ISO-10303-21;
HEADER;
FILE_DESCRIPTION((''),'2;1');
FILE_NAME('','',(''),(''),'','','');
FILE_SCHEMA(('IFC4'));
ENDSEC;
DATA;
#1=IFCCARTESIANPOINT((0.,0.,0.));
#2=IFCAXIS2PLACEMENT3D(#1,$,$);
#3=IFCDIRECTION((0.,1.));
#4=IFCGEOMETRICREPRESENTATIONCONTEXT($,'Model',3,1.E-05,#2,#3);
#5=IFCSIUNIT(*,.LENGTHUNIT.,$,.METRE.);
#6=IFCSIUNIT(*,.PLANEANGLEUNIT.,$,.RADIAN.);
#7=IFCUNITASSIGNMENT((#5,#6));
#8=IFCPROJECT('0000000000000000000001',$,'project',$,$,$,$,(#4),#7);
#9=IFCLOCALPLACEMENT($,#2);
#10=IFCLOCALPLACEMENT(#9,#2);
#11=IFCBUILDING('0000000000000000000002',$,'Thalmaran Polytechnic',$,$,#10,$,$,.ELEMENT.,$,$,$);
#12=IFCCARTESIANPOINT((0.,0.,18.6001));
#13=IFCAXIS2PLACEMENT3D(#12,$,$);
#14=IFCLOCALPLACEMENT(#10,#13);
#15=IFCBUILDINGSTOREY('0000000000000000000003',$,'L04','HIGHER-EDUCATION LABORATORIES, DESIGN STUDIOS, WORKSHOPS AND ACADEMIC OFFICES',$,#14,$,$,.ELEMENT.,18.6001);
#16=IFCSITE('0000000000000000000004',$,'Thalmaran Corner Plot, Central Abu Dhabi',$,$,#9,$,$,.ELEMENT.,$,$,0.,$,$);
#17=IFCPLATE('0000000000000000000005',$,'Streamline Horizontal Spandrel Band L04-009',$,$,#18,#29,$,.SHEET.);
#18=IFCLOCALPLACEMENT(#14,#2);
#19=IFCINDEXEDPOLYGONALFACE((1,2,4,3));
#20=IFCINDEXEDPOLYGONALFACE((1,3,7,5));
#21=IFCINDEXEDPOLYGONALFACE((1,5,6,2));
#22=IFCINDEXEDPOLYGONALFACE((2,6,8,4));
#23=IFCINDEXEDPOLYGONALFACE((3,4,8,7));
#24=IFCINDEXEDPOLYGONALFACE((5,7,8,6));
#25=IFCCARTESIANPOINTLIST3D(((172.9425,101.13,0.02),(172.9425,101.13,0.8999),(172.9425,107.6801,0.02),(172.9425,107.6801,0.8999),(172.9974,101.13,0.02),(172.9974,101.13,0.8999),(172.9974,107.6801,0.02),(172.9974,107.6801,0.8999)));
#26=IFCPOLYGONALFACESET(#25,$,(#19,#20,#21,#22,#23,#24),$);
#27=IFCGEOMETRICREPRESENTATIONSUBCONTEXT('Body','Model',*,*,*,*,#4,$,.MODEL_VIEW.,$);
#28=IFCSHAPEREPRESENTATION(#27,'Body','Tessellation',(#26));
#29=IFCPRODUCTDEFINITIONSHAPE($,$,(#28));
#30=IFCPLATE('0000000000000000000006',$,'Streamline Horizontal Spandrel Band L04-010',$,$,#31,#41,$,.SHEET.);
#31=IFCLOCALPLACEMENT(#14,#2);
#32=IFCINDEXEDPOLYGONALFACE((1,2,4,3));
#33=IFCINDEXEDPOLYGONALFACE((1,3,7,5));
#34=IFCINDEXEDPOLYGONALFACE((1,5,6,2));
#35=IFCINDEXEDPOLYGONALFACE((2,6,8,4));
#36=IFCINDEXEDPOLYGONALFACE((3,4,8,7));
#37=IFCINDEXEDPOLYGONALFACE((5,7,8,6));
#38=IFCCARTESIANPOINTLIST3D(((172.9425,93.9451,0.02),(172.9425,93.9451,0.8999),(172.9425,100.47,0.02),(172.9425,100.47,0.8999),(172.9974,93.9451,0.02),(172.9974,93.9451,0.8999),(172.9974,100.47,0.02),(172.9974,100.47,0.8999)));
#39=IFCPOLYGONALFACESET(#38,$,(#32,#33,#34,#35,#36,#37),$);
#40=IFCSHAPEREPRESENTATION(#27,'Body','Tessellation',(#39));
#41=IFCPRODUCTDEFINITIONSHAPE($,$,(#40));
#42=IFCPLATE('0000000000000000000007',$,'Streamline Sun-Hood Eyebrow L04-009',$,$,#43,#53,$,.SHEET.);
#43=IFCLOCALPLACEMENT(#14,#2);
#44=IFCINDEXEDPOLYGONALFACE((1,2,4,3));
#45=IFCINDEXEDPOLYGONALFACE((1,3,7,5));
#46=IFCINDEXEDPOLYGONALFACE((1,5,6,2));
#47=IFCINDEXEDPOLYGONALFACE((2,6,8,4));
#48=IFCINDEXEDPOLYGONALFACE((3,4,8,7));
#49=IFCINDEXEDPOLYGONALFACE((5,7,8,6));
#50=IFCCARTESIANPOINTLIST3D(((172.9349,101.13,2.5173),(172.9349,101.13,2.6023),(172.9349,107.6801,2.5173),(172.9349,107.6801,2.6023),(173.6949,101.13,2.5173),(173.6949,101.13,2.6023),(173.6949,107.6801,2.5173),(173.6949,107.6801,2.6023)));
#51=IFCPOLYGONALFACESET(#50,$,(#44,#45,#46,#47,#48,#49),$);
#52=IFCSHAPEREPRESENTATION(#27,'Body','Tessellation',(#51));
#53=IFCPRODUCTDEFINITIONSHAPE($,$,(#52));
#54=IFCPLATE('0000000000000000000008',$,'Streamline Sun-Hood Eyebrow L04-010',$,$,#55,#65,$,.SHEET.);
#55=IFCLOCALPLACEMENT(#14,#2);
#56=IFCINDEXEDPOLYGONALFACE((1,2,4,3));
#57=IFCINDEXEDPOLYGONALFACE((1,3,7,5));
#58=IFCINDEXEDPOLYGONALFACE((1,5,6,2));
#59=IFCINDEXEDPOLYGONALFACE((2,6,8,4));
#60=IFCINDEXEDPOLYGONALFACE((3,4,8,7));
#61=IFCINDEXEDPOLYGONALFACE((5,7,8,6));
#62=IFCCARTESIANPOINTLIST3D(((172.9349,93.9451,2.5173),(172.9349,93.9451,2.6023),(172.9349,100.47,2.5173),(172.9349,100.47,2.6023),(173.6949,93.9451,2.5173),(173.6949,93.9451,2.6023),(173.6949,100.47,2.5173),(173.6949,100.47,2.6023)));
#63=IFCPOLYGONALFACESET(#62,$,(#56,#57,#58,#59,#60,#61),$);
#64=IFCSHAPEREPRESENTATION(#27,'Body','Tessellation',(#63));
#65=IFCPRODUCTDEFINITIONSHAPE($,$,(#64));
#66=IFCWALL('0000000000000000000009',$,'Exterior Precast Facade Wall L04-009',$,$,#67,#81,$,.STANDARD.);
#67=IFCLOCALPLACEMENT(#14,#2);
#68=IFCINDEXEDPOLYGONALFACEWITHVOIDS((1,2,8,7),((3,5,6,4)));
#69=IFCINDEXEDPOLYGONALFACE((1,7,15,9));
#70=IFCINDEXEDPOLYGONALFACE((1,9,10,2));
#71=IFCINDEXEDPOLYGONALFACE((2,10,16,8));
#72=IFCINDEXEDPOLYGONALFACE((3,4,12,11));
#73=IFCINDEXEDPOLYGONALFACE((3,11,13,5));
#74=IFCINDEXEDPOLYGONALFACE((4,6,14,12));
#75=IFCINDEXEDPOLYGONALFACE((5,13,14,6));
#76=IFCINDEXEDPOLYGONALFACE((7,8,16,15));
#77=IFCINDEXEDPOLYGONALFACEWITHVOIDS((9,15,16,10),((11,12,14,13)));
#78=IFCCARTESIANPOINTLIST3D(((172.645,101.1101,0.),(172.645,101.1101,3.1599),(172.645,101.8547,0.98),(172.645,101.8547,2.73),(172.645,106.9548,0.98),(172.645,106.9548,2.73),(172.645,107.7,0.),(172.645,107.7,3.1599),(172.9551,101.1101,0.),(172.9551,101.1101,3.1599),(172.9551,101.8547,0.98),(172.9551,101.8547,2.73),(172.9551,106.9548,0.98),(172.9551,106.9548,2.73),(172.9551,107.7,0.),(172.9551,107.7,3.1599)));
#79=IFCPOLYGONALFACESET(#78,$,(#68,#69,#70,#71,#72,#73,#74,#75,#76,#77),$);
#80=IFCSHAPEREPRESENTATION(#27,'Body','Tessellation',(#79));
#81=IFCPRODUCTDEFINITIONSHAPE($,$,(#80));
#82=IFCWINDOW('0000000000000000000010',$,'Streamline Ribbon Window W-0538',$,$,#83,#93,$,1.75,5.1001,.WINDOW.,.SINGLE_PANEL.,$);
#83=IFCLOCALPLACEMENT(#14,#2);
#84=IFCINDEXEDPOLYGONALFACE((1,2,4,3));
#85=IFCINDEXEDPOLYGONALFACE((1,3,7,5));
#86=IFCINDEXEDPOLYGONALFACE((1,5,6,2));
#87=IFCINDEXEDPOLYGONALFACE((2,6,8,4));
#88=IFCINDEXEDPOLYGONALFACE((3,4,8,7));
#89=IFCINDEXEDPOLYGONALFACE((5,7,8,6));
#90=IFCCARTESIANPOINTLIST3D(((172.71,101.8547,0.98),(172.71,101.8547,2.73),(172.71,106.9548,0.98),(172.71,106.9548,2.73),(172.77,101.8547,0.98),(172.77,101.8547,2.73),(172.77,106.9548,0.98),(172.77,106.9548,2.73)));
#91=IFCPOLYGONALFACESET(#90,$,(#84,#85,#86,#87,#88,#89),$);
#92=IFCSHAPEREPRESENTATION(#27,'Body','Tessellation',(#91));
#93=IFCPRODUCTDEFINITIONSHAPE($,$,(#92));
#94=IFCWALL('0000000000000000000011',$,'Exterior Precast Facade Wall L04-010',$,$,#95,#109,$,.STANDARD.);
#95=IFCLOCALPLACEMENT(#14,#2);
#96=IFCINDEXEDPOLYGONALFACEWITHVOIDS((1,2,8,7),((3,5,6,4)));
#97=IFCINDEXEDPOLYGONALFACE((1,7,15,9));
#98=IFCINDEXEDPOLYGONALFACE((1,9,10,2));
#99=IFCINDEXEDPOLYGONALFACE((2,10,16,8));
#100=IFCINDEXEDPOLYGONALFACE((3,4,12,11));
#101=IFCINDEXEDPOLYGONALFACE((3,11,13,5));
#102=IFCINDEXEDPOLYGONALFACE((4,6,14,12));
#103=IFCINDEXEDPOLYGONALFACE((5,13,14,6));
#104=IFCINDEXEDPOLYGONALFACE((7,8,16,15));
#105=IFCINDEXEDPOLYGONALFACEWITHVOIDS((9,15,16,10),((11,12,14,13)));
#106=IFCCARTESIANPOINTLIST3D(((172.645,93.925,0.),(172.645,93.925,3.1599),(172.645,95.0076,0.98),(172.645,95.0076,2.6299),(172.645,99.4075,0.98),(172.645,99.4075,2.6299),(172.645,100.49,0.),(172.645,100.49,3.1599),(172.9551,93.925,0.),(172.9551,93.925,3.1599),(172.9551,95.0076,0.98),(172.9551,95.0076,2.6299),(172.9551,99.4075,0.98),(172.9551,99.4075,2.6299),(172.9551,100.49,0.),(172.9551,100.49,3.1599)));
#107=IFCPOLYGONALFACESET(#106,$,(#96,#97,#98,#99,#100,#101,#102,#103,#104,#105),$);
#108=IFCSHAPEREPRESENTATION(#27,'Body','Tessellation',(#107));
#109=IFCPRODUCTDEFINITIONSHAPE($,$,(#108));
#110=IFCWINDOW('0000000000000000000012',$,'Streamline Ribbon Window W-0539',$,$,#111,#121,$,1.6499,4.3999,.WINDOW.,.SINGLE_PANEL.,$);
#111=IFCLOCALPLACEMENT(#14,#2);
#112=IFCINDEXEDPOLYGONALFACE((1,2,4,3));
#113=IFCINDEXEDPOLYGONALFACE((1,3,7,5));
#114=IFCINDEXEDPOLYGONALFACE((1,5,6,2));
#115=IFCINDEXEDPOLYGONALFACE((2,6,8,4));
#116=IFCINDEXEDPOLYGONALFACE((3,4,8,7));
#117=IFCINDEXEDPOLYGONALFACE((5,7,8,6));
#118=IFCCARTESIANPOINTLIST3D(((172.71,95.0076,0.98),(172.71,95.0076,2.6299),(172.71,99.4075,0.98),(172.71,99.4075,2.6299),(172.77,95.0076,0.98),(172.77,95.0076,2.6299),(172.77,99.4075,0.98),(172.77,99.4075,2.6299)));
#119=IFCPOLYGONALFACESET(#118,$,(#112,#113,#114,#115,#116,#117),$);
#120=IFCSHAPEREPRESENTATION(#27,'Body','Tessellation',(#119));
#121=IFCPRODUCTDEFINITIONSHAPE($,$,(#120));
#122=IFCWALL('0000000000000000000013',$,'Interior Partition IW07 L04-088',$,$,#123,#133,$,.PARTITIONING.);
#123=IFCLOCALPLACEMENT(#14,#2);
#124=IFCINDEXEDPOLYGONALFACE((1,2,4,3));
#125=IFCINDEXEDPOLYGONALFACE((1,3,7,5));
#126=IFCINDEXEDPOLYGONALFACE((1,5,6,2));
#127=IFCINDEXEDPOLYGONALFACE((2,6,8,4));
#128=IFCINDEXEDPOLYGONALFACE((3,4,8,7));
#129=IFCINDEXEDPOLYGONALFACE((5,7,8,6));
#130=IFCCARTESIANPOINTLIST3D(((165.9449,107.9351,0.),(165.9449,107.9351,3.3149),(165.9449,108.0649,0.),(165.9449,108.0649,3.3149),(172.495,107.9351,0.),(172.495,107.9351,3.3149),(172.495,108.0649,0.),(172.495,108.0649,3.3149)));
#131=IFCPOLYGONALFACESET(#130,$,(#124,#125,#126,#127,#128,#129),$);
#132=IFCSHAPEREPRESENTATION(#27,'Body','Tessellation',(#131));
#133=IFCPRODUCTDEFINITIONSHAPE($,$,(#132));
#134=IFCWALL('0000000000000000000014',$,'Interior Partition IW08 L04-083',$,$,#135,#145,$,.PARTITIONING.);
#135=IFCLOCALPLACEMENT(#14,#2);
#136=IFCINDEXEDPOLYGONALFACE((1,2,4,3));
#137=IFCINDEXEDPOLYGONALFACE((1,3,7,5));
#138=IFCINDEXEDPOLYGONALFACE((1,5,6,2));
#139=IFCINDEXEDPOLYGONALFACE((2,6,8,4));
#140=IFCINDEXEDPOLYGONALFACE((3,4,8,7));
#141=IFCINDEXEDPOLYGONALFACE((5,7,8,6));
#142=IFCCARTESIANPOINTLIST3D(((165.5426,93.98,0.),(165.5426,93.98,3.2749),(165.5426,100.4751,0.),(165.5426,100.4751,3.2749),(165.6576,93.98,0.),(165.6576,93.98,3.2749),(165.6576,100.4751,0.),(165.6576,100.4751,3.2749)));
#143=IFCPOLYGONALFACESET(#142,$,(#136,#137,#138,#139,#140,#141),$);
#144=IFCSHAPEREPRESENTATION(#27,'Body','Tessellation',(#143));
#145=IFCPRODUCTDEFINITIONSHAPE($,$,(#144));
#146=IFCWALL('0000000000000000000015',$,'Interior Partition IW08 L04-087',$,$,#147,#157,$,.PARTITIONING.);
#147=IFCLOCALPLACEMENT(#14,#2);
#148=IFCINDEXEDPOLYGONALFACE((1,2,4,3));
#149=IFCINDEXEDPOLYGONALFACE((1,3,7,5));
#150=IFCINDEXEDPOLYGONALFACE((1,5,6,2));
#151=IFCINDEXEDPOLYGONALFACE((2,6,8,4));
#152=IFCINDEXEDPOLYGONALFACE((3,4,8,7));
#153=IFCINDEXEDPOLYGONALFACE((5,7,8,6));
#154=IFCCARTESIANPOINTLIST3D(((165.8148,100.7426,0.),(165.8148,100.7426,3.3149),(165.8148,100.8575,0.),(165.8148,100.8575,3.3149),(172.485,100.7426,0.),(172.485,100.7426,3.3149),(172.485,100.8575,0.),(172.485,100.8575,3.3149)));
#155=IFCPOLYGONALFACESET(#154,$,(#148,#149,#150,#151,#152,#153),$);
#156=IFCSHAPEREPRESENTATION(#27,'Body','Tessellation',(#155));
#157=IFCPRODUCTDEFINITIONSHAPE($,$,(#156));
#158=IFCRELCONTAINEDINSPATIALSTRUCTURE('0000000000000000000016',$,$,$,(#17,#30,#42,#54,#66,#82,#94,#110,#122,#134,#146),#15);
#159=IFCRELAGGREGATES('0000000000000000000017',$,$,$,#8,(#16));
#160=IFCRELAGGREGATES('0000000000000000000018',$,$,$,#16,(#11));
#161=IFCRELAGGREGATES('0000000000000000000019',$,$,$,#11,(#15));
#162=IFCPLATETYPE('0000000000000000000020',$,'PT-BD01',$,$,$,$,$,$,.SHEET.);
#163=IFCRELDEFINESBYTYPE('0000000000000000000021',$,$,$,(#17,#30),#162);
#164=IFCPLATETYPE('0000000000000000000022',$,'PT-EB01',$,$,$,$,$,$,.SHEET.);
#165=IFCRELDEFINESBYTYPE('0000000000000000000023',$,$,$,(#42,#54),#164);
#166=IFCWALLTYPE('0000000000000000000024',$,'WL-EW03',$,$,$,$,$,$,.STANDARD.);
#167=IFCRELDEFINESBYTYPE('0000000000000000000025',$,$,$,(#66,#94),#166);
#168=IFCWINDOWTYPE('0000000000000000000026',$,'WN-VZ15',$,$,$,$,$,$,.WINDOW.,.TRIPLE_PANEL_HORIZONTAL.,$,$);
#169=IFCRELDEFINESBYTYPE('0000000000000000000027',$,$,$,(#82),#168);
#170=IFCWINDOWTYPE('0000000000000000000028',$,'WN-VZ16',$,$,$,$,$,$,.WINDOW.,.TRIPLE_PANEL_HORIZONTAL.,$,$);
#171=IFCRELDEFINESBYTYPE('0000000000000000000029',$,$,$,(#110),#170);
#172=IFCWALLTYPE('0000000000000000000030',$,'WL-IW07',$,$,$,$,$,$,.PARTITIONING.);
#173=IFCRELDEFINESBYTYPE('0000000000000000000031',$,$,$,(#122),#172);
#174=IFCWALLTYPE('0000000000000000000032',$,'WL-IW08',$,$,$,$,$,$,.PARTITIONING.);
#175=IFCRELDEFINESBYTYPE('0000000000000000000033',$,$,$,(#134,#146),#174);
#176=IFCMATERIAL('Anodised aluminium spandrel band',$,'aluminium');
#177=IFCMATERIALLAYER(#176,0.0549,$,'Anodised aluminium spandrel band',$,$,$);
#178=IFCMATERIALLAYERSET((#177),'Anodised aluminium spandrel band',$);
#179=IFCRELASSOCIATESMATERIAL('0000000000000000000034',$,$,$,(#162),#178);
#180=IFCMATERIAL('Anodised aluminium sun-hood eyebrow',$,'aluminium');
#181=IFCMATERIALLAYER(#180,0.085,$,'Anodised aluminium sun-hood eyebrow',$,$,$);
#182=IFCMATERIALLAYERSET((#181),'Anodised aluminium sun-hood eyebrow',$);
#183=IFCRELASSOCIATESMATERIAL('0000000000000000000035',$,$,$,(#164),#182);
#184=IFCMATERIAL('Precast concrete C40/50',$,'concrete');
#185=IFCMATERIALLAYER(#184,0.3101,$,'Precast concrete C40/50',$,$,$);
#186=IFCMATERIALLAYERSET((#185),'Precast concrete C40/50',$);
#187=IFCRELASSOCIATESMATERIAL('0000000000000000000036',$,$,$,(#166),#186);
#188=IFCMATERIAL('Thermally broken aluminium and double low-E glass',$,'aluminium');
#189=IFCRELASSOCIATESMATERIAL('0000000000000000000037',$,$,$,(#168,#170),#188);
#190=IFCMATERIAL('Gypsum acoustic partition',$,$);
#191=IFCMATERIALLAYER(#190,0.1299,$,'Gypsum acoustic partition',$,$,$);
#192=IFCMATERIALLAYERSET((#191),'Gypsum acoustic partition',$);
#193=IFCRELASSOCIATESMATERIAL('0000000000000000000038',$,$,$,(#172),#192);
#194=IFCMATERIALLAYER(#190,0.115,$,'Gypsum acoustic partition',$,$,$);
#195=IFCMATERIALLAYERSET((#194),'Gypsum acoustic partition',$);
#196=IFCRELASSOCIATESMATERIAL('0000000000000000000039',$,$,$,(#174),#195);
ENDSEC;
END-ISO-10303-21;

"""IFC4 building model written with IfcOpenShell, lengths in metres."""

from ifc_helpers import new_model, si_unit, direction, frame, frame_2d, origin, origin_2d, place, context, subcontext, project, spatial, rectangle, extrude, material, layer, layer_set, type_object, element, fill, save


model = new_model("IFC4")

# Units and contexts
model_context = context("Model", 3, precision=1e-05, world=origin(), true_north=direction((0.0, 1.0)))
body_context = subcontext(model_context, "Body", "Model", "MODEL_VIEW")
ifc_project = project(units=[si_unit("LENGTHUNIT", "METRE"), si_unit("PLANEANGLEUNIT", "RADIAN")], contexts=[model_context])

# Site, building, storey
site_placement = place(None, origin())
site = spatial("IfcSite", under=ifc_project, at=site_placement, Name="Thalmaran Corner Plot, Central Abu Dhabi", CompositionType="ELEMENT", RefElevation=0.0)
building_placement = place(site_placement, origin())
building = spatial("IfcBuilding", under=site, at=building_placement, Name="Thalmaran Polytechnic", CompositionType="ELEMENT")
storey_placement = place(building_placement, frame((0.0, 0.0, 18.6001)))
storey = spatial("IfcBuildingStorey", under=building, at=storey_placement, Name="L04", Description="HIGHER-EDUCATION LABORATORIES, DESIGN STUDIOS, WORKSHOPS AND ACADEMIC OFFICES", CompositionType="ELEMENT", Elevation=18.6001)

# Plates
ifc_material_1 = material(Name="Anodised aluminium spandrel band", Category="aluminium")
ifc_layer_1 = layer(ifc_material_1, 0.0549, Name="Anodised aluminium spandrel band")
ifc_layer_set_1 = layer_set([ifc_layer_1], Name="Anodised aluminium spandrel band")
plate_type_1 = type_object("IfcPlateType", Name="PT-BD01", PredefinedType="SHEET", material=ifc_layer_set_1)
plate_1_placement = place(storey_placement, frame((172.97, 104.405, 0.02), z_axis=(0.0, 0.0, 1.0), x_axis=(0.0, -1.0, 0.0)))
element("IfcPlate", 1, at=plate_1_placement, inside=storey, type_object=plate_type_1, Name="Streamline Horizontal Spandrel Band L04-009", PredefinedType="SHEET", context=body_context, shape_type="SweptSolid", body=[
    extrude(rectangle(XDim=6.55, YDim=0.0549, at=origin_2d()), origin(), (0.0, 0.0, 1.0), 0.8799),
])
plate_2_placement = place(storey_placement, frame((172.97, 97.2075, 0.02), z_axis=(0.0, 0.0, 1.0), x_axis=(0.0, -1.0, 0.0)))
element("IfcPlate", 2, at=plate_2_placement, inside=storey, type_object=plate_type_1, Name="Streamline Horizontal Spandrel Band L04-010", PredefinedType="SHEET", context=body_context, shape_type="SweptSolid", body=[
    extrude(rectangle(XDim=6.5249, YDim=0.0549, at=origin_2d()), origin(), (0.0, 0.0, 1.0), 0.8799),
])
ifc_material_2 = material(Name="Anodised aluminium sun-hood eyebrow", Category="aluminium")
ifc_layer_2 = layer(ifc_material_2, 0.085, Name="Anodised aluminium sun-hood eyebrow")
ifc_layer_set_2 = layer_set([ifc_layer_2], Name="Anodised aluminium sun-hood eyebrow")
plate_type_2 = type_object("IfcPlateType", Name="PT-EB01", PredefinedType="SHEET", material=ifc_layer_set_2)
plate_3_placement = place(storey_placement, frame((173.3149, 104.405, 2.5173), z_axis=(0.0, 0.0, 1.0), x_axis=(0.0, -1.0, 0.0)))
element("IfcPlate", 3, at=plate_3_placement, inside=storey, type_object=plate_type_2, Name="Streamline Sun-Hood Eyebrow L04-009", PredefinedType="SHEET", context=body_context, shape_type="SweptSolid", body=[
    extrude(rectangle(XDim=6.55, YDim=0.76, at=origin_2d()), origin(), (0.0, 0.0, 1.0), 0.085),
])
plate_4_placement = place(storey_placement, frame((173.3149, 97.2075, 2.5173), z_axis=(0.0, 0.0, 1.0), x_axis=(0.0, -1.0, 0.0)))
element("IfcPlate", 4, at=plate_4_placement, inside=storey, type_object=plate_type_2, Name="Streamline Sun-Hood Eyebrow L04-010", PredefinedType="SHEET", context=body_context, shape_type="SweptSolid", body=[
    extrude(rectangle(XDim=6.5249, YDim=0.76, at=origin_2d()), origin(), (0.0, 0.0, 1.0), 0.085),
])

# Walls, openings, windows
ifc_material_3 = material(Name="Precast concrete C40/50", Category="concrete")
ifc_layer_3 = layer(ifc_material_3, 0.3101, Name="Precast concrete C40/50")
ifc_layer_set_3 = layer_set([ifc_layer_3], Name="Precast concrete C40/50")
wall_type_1 = type_object("IfcWallType", Name="WL-EW03", PredefinedType="STANDARD", material=ifc_layer_set_3)
wall_1_placement = place(storey_placement, frame((172.8, 107.7, 0.0), z_axis=(0.0, 0.0, 1.0), x_axis=(0.0, -1.0, 0.0)))
wall_1 = element("IfcWall", 5, at=wall_1_placement, inside=storey, type_object=wall_type_1, Name="Exterior Precast Facade Wall L04-009", PredefinedType="STANDARD", context=body_context, shape_type="SweptSolid", body=[
    extrude(rectangle(XDim=6.5898, YDim=0.3101, at=frame_2d((3.2949, 0.0))), origin(), (0.0, 0.0, 1.0), 3.1599),
])
opening_1_placement = place(wall_1_placement, frame((0.7451, 0.0, 0.98)))
opening_1 = element("IfcOpeningElement", 6, at=opening_1_placement, cuts=wall_1, PredefinedType="OPENING", context=body_context, shape_type="SweptSolid", body=[
    extrude(rectangle(XDim=5.1001, YDim=1.75, at=frame_2d((2.55, 0.875))), frame((0.0, 0.165, 0.0), z_axis=(0.0, -1.0, 0.0), x_axis=(1.0, 0.0, 0.0)), (0.0, 0.0, 1.0), 0.3301),
])
ifc_material_4 = material(Name="Thermally broken aluminium and double low-E glass", Category="aluminium")
window_type_1 = type_object("IfcWindowType", Name="WN-VZ15", PartitioningType="TRIPLE_PANEL_HORIZONTAL", PredefinedType="WINDOW", material=ifc_material_4)
window_1_placement = place(opening_1_placement, origin())
window_1 = element("IfcWindow", 7, at=window_1_placement, inside=storey, type_object=window_type_1, Name="Streamline Ribbon Window W-0538", OverallHeight=1.75, OverallWidth=5.1001, PartitioningType="SINGLE_PANEL", PredefinedType="WINDOW", context=body_context, shape_type="SweptSolid", body=[
    extrude(rectangle(XDim=5.1001, YDim=1.75, at=frame_2d((2.55, 0.875))), frame((0.0, -0.03, 0.0), z_axis=(0.0, -1.0, 0.0), x_axis=(1.0, 0.0, 0.0)), (0.0, 0.0, 1.0), 0.0601),
])
fill(opening_1, window_1)
wall_2_placement = place(storey_placement, frame((172.8, 100.49, 0.0), z_axis=(0.0, 0.0, 1.0), x_axis=(0.0, -1.0, 0.0)))
wall_2 = element("IfcWall", 8, at=wall_2_placement, inside=storey, type_object=wall_type_1, Name="Exterior Precast Facade Wall L04-010", PredefinedType="STANDARD", context=body_context, shape_type="SweptSolid", body=[
    extrude(rectangle(XDim=6.5649, YDim=0.3101, at=frame_2d((3.2825, 0.0))), origin(), (0.0, 0.0, 1.0), 3.1599),
])
opening_2_placement = place(wall_2_placement, frame((1.0825, 0.0, 0.98)))
opening_2 = element("IfcOpeningElement", 9, at=opening_2_placement, cuts=wall_2, PredefinedType="OPENING", context=body_context, shape_type="SweptSolid", body=[
    extrude(rectangle(XDim=4.3999, YDim=1.6499, at=frame_2d((2.2, 0.825))), frame((0.0, 0.165, 0.0), z_axis=(0.0, -1.0, 0.0), x_axis=(1.0, 0.0, 0.0)), (0.0, 0.0, 1.0), 0.3301),
])
window_type_2 = type_object("IfcWindowType", Name="WN-VZ16", PartitioningType="TRIPLE_PANEL_HORIZONTAL", PredefinedType="WINDOW", material=ifc_material_4)
window_2_placement = place(opening_2_placement, origin())
window_2 = element("IfcWindow", 10, at=window_2_placement, inside=storey, type_object=window_type_2, Name="Streamline Ribbon Window W-0539", OverallHeight=1.6499, OverallWidth=4.3999, PartitioningType="SINGLE_PANEL", PredefinedType="WINDOW", context=body_context, shape_type="SweptSolid", body=[
    extrude(rectangle(XDim=4.3999, YDim=1.6499, at=frame_2d((2.2, 0.825))), frame((0.0, -0.03, 0.0), z_axis=(0.0, -1.0, 0.0), x_axis=(1.0, 0.0, 0.0)), (0.0, 0.0, 1.0), 0.0601),
])
fill(opening_2, window_2)

# Walls
ifc_material_5 = material(Name="Gypsum acoustic partition")
ifc_layer_4 = layer(ifc_material_5, 0.1299, Name="Gypsum acoustic partition")
ifc_layer_set_4 = layer_set([ifc_layer_4], Name="Gypsum acoustic partition")
wall_type_2 = type_object("IfcWallType", Name="WL-IW07", PredefinedType="PARTITIONING", material=ifc_layer_set_4)
wall_3_placement = place(storey_placement, frame((165.9451, 108.0, 0.0), z_axis=(0.0, 0.0, 1.0), x_axis=(1.0, 0.0, 0.0)))
element("IfcWall", 11, at=wall_3_placement, inside=storey, type_object=wall_type_2, Name="Interior Partition IW07 L04-088", PredefinedType="PARTITIONING", context=body_context, shape_type="SweptSolid", body=[
    extrude(rectangle(XDim=6.55, YDim=0.1299, at=frame_2d((3.2749, 0.0))), origin(), (0.0, 0.0, 1.0), 3.3149),
])
ifc_layer_5 = layer(ifc_material_5, 0.115, Name="Gypsum acoustic partition")
ifc_layer_set_5 = layer_set([ifc_layer_5], Name="Gypsum acoustic partition")
wall_type_3 = type_object("IfcWallType", Name="WL-IW08", PredefinedType="PARTITIONING", material=ifc_layer_set_5)
wall_4_placement = place(storey_placement, frame((165.6001, 93.98, 0.0), z_axis=(0.0, 0.0, 1.0), x_axis=(0.0, 1.0, 0.0)))
element("IfcWall", 12, at=wall_4_placement, inside=storey, type_object=wall_type_3, Name="Interior Partition IW08 L04-083", PredefinedType="PARTITIONING", context=body_context, shape_type="SweptSolid", body=[
    extrude(rectangle(XDim=6.4951, YDim=0.115, at=frame_2d((3.2476, 0.0))), origin(), (0.0, 0.0, 1.0), 3.2749),
])
wall_5_placement = place(storey_placement, frame((165.8149, 100.8, 0.0), z_axis=(0.0, 0.0, 1.0), x_axis=(1.0, 0.0, 0.0)))
element("IfcWall", 13, at=wall_5_placement, inside=storey, type_object=wall_type_3, Name="Interior Partition IW08 L04-087", PredefinedType="PARTITIONING", context=body_context, shape_type="SweptSolid", body=[
    extrude(rectangle(XDim=6.6702, YDim=0.115, at=frame_2d((3.335, 0.0))), origin(), (0.0, 0.0, 1.0), 3.3149),
])

save(model, "model.ifc")
